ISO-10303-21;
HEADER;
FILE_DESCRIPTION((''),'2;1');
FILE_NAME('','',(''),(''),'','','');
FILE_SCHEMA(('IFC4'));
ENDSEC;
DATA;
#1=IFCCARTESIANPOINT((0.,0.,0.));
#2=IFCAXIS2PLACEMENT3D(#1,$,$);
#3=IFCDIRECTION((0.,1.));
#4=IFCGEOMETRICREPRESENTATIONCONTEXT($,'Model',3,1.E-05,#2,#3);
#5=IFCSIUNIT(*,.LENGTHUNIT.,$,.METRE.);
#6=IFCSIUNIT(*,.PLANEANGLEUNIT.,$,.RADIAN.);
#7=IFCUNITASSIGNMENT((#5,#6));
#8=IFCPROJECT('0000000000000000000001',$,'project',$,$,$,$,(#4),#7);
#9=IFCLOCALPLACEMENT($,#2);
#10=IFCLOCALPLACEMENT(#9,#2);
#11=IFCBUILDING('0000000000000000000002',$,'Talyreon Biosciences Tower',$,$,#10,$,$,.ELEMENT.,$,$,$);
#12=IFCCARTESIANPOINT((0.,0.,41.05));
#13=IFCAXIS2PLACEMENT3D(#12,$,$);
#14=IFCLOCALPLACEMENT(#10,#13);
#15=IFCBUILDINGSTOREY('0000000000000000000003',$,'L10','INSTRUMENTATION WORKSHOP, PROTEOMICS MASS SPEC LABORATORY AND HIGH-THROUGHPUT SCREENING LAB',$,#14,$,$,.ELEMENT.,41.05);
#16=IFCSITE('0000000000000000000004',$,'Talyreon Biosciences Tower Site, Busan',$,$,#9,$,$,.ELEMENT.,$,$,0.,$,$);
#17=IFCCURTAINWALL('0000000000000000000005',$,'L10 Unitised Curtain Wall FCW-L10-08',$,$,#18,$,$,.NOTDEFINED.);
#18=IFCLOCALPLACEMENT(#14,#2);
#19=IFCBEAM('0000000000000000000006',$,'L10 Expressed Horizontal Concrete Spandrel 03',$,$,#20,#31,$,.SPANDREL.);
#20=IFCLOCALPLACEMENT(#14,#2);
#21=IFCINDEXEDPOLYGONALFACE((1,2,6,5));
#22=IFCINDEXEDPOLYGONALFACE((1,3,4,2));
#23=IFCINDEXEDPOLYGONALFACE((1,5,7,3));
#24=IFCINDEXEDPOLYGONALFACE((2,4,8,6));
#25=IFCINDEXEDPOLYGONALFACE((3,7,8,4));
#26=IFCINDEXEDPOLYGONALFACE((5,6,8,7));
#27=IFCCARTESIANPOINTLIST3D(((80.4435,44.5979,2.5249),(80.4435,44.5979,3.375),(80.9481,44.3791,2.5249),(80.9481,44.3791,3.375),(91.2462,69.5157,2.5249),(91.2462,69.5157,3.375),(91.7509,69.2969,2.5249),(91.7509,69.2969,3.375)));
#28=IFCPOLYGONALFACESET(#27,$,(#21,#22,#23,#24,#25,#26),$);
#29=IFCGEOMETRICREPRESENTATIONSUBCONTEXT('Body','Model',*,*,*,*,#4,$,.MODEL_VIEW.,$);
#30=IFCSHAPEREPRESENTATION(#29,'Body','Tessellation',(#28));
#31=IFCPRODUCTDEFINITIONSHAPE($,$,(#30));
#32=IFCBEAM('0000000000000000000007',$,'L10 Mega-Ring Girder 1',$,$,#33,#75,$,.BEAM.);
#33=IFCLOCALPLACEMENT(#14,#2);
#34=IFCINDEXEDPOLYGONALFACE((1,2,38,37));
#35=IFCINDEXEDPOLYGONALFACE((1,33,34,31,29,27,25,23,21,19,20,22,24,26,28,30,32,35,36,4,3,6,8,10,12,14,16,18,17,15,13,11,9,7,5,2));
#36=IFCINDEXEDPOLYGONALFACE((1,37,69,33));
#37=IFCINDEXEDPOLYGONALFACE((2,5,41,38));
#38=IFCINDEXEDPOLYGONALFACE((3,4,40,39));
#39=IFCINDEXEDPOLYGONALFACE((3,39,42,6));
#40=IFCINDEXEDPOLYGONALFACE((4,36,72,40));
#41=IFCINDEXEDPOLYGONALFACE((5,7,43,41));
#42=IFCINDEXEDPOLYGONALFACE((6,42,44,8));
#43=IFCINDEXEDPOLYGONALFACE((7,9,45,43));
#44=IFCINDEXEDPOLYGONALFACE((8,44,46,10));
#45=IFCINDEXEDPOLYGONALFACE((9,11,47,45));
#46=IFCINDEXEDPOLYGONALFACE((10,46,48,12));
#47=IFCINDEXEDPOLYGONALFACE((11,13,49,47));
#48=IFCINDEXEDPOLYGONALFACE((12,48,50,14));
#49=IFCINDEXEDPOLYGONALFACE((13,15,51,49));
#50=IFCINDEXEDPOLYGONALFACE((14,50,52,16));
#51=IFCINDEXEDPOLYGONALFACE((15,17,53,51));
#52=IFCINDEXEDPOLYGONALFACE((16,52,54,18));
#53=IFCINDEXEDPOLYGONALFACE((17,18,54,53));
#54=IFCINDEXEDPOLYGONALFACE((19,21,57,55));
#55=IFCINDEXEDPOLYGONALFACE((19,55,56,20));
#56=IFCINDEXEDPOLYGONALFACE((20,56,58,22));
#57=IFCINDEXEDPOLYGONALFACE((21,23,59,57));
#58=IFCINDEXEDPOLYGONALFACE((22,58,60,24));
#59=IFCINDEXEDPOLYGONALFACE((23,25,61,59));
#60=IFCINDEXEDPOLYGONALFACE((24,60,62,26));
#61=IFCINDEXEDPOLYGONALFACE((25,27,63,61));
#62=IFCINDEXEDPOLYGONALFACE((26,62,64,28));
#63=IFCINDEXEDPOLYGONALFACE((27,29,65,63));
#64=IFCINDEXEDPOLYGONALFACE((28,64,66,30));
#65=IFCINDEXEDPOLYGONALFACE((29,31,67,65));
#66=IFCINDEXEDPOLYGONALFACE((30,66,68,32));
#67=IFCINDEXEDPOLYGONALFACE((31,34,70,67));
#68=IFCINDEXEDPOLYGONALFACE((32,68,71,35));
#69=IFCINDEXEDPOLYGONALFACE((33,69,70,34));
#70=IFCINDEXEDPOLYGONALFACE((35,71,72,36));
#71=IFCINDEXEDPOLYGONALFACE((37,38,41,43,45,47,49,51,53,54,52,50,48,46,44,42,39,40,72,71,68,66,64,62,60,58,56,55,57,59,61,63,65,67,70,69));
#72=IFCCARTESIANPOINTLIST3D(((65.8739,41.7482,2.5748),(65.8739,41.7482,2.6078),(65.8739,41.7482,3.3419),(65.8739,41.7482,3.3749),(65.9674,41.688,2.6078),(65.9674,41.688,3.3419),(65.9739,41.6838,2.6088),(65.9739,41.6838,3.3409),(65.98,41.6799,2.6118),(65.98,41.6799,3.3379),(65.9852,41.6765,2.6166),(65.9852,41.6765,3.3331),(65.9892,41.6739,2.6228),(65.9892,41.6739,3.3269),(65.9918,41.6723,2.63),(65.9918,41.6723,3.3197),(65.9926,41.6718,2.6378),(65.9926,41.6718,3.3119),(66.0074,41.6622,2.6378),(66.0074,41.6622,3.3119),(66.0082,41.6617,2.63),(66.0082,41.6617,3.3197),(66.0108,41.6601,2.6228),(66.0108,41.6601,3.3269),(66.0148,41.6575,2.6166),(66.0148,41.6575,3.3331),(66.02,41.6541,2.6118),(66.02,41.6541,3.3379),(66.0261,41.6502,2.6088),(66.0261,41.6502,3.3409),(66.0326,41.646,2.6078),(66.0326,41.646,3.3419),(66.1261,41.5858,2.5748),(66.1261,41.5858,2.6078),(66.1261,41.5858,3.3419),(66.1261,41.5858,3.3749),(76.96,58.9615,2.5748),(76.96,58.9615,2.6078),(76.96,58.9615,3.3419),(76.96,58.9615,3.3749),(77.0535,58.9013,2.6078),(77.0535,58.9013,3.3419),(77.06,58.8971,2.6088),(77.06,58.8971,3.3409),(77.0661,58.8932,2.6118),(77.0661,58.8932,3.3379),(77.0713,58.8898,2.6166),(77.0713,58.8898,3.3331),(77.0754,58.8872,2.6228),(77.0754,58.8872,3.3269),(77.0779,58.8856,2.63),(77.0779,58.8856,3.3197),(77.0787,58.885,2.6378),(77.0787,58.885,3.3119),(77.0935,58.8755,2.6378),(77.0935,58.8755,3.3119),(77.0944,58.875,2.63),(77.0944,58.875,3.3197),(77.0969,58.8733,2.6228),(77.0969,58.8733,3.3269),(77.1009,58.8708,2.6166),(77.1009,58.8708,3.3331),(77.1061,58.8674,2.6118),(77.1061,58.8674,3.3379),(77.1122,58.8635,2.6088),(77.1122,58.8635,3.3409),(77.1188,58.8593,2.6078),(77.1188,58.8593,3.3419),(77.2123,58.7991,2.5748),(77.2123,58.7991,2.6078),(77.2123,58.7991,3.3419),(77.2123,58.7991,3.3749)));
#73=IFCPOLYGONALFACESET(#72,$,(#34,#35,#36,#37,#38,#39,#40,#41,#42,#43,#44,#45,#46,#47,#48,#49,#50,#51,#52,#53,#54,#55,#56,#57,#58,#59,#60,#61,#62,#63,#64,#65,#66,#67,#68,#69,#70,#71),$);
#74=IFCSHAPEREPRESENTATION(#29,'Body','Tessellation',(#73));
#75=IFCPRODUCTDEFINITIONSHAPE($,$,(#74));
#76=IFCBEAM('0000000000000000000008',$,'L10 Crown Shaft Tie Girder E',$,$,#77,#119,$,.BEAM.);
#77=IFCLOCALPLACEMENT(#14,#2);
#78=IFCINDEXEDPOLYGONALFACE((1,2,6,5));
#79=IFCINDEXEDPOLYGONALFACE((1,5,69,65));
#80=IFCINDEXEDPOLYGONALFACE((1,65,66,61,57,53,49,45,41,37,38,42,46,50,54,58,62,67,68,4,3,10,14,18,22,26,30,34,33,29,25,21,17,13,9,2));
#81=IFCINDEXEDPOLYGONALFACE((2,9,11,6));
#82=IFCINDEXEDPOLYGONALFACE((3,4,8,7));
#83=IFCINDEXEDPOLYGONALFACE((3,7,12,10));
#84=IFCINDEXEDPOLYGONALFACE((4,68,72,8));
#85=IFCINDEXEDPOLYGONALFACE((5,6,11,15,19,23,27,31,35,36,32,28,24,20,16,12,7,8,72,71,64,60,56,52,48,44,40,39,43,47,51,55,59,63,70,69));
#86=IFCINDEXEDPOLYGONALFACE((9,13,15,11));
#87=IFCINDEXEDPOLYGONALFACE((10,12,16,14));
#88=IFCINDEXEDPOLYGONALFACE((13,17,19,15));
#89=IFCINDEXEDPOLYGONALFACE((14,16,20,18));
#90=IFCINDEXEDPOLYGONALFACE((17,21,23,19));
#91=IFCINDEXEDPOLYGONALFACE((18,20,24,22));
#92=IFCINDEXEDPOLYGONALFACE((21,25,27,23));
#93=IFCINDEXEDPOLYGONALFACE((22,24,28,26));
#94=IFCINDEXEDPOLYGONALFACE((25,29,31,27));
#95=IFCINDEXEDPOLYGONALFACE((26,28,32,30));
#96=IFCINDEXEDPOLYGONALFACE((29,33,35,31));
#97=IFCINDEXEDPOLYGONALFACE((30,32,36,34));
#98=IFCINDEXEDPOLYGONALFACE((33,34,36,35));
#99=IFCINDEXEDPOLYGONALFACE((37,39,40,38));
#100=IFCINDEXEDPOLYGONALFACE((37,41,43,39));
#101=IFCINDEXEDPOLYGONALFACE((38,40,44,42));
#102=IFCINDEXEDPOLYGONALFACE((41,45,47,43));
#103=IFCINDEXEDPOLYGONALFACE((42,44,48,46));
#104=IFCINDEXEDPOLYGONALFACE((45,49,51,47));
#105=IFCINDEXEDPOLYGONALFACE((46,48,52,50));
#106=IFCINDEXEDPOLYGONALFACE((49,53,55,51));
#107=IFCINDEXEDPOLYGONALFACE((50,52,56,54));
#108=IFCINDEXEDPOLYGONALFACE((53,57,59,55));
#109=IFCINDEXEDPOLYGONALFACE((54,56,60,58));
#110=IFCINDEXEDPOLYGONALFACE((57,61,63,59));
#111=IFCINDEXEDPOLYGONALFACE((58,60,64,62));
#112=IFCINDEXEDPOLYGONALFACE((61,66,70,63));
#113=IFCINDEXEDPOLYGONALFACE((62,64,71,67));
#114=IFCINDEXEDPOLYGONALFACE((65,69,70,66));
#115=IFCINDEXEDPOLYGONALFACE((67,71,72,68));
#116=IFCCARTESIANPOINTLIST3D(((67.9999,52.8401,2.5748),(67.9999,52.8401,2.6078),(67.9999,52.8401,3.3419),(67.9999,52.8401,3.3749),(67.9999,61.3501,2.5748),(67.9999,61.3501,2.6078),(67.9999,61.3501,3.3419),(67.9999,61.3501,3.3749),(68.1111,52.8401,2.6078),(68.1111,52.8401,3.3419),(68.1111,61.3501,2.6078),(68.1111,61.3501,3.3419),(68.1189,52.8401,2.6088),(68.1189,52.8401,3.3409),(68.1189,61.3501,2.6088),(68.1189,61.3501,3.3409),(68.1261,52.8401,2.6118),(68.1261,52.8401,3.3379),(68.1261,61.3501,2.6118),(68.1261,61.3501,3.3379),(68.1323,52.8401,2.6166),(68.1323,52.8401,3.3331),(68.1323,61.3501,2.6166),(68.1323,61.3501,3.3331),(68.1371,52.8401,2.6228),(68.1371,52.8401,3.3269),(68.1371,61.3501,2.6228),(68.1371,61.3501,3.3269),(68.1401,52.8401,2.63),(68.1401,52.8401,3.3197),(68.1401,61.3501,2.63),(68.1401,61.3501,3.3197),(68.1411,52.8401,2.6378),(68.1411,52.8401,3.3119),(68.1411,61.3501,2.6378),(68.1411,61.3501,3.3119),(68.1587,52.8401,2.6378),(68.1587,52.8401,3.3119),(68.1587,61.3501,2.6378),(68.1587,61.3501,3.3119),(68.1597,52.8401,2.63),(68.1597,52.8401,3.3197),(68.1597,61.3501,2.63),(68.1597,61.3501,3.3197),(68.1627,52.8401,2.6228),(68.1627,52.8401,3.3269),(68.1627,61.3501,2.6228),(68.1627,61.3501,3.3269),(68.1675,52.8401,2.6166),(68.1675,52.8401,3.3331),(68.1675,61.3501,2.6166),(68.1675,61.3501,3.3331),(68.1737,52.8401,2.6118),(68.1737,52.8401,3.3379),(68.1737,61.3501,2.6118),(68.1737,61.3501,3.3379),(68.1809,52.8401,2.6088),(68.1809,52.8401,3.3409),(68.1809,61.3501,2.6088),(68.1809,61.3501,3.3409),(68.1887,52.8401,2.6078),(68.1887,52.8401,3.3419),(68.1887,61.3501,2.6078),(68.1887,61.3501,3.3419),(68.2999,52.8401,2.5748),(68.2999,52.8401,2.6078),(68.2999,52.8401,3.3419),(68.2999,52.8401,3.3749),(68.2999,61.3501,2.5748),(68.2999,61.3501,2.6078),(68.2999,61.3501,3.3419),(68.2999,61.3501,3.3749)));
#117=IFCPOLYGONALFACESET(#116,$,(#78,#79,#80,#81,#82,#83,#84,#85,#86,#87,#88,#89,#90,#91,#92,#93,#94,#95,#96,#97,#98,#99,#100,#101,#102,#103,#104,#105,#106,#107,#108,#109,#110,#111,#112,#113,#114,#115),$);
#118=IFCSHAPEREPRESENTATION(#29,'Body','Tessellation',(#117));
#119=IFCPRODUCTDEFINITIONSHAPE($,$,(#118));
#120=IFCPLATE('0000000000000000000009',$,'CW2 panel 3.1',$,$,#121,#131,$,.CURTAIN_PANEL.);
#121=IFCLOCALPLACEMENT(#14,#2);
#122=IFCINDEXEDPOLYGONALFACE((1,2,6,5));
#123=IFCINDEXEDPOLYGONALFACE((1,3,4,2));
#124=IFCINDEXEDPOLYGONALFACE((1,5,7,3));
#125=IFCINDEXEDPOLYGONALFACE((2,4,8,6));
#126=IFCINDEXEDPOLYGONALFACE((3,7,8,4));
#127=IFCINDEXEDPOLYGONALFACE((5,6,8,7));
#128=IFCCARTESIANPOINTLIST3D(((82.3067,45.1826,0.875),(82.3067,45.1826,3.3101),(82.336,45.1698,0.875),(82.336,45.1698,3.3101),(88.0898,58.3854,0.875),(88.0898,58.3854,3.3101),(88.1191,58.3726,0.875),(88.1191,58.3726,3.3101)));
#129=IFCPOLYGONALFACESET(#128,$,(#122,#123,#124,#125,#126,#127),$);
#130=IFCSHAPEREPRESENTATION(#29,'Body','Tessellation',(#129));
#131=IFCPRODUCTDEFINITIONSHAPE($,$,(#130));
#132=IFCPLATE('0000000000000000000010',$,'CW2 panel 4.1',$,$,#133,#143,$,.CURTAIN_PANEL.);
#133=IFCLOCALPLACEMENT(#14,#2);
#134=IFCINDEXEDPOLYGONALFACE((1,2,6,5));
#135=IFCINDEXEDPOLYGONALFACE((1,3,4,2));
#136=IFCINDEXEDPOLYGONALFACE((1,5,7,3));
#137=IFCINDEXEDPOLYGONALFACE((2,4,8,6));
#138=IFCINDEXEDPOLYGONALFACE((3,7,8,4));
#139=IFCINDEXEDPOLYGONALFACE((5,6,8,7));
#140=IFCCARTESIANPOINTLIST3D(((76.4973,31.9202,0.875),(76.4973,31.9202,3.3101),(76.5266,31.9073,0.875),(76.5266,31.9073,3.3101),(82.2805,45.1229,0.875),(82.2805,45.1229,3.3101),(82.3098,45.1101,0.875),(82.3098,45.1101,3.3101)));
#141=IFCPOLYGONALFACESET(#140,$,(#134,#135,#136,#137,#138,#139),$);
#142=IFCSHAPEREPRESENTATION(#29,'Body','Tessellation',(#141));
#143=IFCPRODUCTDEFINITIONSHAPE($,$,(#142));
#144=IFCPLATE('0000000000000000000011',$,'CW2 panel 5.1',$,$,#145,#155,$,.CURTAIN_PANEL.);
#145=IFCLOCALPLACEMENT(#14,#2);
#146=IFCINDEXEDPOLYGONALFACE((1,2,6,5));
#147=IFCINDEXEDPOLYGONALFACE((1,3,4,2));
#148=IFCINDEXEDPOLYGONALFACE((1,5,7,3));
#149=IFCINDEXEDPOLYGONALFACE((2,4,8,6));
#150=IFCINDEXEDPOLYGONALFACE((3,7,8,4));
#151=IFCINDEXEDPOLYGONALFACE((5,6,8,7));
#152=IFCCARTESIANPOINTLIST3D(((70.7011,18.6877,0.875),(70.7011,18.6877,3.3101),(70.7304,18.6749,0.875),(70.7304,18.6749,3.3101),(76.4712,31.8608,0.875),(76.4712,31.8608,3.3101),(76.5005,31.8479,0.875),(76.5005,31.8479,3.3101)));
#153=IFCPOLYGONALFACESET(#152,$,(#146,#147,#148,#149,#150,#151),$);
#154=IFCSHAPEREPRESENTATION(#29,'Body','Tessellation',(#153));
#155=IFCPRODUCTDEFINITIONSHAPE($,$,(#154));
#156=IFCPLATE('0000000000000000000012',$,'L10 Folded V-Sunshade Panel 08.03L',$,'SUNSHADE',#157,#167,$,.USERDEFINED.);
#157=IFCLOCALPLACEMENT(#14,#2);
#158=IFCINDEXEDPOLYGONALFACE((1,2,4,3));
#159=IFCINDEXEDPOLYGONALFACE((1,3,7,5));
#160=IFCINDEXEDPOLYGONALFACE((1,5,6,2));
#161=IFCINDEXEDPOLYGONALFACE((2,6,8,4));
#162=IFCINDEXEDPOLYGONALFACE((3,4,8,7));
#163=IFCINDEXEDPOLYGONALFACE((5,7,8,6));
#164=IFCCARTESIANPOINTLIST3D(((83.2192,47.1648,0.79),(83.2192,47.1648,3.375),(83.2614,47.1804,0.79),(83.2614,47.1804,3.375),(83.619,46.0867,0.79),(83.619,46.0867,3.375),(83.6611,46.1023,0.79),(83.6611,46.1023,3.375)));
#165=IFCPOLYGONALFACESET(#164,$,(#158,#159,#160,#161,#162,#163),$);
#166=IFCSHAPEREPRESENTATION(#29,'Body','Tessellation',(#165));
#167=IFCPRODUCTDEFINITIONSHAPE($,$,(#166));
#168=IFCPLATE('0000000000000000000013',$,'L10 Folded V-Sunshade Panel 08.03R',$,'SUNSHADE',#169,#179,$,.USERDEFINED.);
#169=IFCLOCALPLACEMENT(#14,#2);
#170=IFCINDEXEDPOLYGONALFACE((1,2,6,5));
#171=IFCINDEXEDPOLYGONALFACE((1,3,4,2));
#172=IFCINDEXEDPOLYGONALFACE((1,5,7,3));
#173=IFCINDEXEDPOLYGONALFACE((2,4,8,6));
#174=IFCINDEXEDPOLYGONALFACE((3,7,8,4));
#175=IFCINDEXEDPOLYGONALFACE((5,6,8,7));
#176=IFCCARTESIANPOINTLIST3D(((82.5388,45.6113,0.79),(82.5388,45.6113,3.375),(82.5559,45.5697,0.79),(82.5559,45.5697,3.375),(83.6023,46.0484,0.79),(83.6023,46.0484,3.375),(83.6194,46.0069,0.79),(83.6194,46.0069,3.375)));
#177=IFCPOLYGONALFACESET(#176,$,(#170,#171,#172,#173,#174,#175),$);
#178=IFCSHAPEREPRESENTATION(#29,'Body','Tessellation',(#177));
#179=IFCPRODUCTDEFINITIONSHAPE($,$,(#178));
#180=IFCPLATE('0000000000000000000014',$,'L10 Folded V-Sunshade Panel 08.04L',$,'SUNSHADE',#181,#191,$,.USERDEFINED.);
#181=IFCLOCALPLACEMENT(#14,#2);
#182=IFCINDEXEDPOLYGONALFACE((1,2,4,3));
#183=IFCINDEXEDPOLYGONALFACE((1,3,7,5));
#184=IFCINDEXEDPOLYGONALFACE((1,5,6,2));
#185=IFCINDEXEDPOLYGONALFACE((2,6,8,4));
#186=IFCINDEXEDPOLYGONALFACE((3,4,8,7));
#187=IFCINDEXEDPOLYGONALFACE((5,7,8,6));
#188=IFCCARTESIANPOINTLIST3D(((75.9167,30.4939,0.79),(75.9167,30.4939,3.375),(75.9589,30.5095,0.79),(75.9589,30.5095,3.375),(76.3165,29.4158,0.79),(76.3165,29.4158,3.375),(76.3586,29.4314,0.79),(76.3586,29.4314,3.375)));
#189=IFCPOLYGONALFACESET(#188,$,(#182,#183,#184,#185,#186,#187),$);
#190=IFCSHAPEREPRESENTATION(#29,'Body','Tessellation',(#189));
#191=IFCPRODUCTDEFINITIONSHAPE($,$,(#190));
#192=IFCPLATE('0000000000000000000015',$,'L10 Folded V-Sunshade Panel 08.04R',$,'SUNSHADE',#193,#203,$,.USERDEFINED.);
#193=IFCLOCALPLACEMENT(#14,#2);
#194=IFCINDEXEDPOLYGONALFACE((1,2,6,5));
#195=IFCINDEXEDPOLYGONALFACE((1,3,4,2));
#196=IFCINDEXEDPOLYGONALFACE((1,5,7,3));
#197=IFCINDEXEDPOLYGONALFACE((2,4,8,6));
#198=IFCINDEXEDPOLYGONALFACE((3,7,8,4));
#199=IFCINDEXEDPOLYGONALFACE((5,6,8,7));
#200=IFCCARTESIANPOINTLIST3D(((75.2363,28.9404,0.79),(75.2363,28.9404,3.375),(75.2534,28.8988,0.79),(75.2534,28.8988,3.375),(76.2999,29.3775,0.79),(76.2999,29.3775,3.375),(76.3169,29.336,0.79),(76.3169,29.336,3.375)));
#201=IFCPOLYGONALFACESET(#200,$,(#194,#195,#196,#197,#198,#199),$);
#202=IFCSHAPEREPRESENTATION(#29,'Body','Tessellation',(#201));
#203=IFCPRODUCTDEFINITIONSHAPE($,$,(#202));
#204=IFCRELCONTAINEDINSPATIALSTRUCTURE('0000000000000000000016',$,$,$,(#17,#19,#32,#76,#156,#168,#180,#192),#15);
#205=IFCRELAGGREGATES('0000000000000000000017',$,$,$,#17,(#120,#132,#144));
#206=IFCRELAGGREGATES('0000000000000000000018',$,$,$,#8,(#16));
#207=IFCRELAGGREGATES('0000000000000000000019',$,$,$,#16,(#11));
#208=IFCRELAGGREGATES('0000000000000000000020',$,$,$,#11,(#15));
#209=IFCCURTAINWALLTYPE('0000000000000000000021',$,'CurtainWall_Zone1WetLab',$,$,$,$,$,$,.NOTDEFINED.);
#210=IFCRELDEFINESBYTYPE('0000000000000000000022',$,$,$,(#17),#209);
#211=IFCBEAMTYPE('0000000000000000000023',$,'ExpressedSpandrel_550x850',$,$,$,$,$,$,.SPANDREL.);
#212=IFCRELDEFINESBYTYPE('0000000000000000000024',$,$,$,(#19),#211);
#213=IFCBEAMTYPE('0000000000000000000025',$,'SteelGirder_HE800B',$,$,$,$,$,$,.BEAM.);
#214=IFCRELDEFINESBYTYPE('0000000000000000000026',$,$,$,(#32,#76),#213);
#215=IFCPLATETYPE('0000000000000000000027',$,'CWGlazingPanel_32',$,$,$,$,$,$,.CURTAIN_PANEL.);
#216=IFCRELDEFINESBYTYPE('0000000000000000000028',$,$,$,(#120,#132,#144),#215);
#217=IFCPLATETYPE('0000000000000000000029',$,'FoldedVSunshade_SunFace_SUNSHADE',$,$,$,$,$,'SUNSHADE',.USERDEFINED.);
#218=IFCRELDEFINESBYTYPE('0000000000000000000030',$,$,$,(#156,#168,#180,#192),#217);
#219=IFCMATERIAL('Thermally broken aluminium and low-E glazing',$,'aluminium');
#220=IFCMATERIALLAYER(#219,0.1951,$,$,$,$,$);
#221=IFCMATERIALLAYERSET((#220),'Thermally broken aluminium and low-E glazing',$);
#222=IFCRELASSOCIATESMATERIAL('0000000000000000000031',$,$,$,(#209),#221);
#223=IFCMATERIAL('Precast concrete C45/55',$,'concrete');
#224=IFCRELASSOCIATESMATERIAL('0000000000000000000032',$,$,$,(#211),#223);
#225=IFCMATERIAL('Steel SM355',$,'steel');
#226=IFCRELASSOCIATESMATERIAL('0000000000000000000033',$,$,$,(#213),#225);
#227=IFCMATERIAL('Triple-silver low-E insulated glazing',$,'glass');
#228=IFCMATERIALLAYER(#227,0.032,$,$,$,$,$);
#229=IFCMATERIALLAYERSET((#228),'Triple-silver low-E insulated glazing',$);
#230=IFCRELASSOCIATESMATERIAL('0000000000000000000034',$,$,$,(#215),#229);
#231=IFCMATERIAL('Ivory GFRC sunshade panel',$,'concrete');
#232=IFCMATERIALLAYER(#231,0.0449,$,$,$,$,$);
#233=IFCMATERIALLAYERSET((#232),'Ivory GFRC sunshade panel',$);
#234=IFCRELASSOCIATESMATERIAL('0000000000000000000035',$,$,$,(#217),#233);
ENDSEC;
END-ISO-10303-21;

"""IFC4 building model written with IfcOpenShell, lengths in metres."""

from ifc_helpers import new_model, si_unit, direction, frame, origin, origin_2d, place, context, subcontext, project, spatial, rectangle, i_section, extrude, material, layer, layer_set, material_profile, profile_set, type_object, element, aggregate, save


model = new_model("IFC4")

# Units and contexts
model_context = context("Model", 3, precision=1e-05, world=origin(), true_north=direction((0.0, 1.0)))
body_context = subcontext(model_context, "Body", "Model", "MODEL_VIEW")
ifc_project = project(units=[si_unit("LENGTHUNIT", "METRE"), si_unit("PLANEANGLEUNIT", "RADIAN")], contexts=[model_context])

# Site, building, storey
site_placement = place(None, origin())
site = spatial("IfcSite", under=ifc_project, at=site_placement, Name="Talyreon Biosciences Tower Site, Busan", CompositionType="ELEMENT", RefElevation=0.0)
building_placement = place(site_placement, origin())
building = spatial("IfcBuilding", under=site, at=building_placement, Name="Talyreon Biosciences Tower", CompositionType="ELEMENT")
storey_placement = place(building_placement, frame((0.0, 0.0, 41.05)))
storey = spatial("IfcBuildingStorey", under=building, at=storey_placement, Name="L10", Description="INSTRUMENTATION WORKSHOP, PROTEOMICS MASS SPEC LABORATORY AND HIGH-THROUGHPUT SCREENING LAB", CompositionType="ELEMENT", Elevation=41.05)

# Shared definitions
ifc_material_1 = material(Name="Precast concrete C45/55", Category="concrete")

# Curtain wall
ifc_material_2 = material(Name="Thermally broken aluminium and low-E glazing", Category="aluminium")
ifc_layer_1 = layer(ifc_material_2, 0.1951)
ifc_layer_set_1 = layer_set([ifc_layer_1], Name="Thermally broken aluminium and low-E glazing")
curtain_wall_type = type_object("IfcCurtainWallType", Name="CurtainWall_Zone1WetLab", PredefinedType="NOTDEFINED", material=ifc_layer_set_1)
curtain_wall_placement = place(storey_placement, origin())
curtain_wall = element("IfcCurtainWall", 1, at=curtain_wall_placement, inside=storey, type_object=curtain_wall_type, Name="L10 Unitised Curtain Wall FCW-L10-08", PredefinedType="NOTDEFINED")

# Beams
ifc_material_profile_1 = material_profile(ifc_material_1, rectangle(XDim=0.55, YDim=0.8501, at=origin_2d()), Name="RCB 550x850")
ifc_profile_set_1 = profile_set([ifc_material_profile_1], Name="Precast concrete C45/55")
beam_type_1 = type_object("IfcBeamType", Name="ExpressedSpandrel_550x850", PredefinedType="SPANDREL", material=ifc_profile_set_1)
beam_1_placement = place(storey_placement, frame((80.6958, 44.4885, 2.95), z_axis=(0.397764, 0.917488, 0.0), x_axis=(-0.917488, 0.397764, 0.0)))
element("IfcBeam", 2, at=beam_1_placement, inside=storey, type_object=beam_type_1, Name="L10 Expressed Horizontal Concrete Spandrel 03", PredefinedType="SPANDREL", context=body_context, shape_type="SweptSolid", body=[
    extrude(rectangle(XDim=0.55, YDim=0.8501, at=origin_2d()), origin(), (0.0, 0.0, 1.0), 27.1587),
])
ifc_material_3 = material(Name="Steel SM355", Category="steel")
ifc_material_profile_2 = material_profile(ifc_material_3, i_section(OverallWidth=0.3, OverallDepth=0.8, WebThickness=0.0176, FlangeThickness=0.033, FilletRadius=0.03, at=origin_2d()), Name="HE800B")
ifc_profile_set_2 = profile_set([ifc_material_profile_2], Name="Steel SM355")
beam_type_2 = type_object("IfcBeamType", Name="SteelGirder_HE800B", PredefinedType="BEAM", material=ifc_profile_set_2)
beam_2_placement = place(storey_placement, frame((66.0, 41.667, 2.9749), z_axis=(0.541464, 0.840724, 0.0), x_axis=(-0.840724, 0.541464, 0.0)))
element("IfcBeam", 3, at=beam_2_placement, inside=storey, type_object=beam_type_2, Name="L10 Mega-Ring Girder 1", PredefinedType="BEAM", context=body_context, shape_type="SweptSolid", body=[
    extrude(i_section(OverallWidth=0.3, OverallDepth=0.8, WebThickness=0.0176, FlangeThickness=0.033, FilletRadius=0.03, at=origin_2d()), origin(), (0.0, 0.0, 1.0), 20.4744),
])
beam_3_placement = place(storey_placement, frame((68.1499, 52.8401, 2.9749), z_axis=(0.0, 1.0, 0.0), x_axis=(-1.0, 0.0, 0.0)))
element("IfcBeam", 4, at=beam_3_placement, inside=storey, type_object=beam_type_2, Name="L10 Crown Shaft Tie Girder E", PredefinedType="BEAM", context=body_context, shape_type="SweptSolid", body=[
    extrude(i_section(OverallWidth=0.3, OverallDepth=0.8, WebThickness=0.0176, FlangeThickness=0.033, FilletRadius=0.03, at=origin_2d()), origin(), (0.0, 0.0, 1.0), 8.51),
])

# Plates
ifc_material_4 = material(Name="Triple-silver low-E insulated glazing", Category="glass")
ifc_layer_2 = layer(ifc_material_4, 0.032)
ifc_layer_set_2 = layer_set([ifc_layer_2], Name="Triple-silver low-E insulated glazing")
plate_type_1 = type_object("IfcPlateType", Name="CWGlazingPanel_32", PredefinedType="CURTAIN_PANEL", material=ifc_layer_set_2)
plate_1_placement = place(storey_placement, frame((85.2129, 51.7776, 0.875), z_axis=(0.0, 0.0, 1.0), x_axis=(-0.401223, -0.91598, 0.0)))
plate_1 = element("IfcPlate", 5, at=plate_1_placement, type_object=plate_type_1, Name="CW2 panel 3.1", PredefinedType="CURTAIN_PANEL", context=body_context, shape_type="SweptSolid", body=[
    extrude(rectangle(XDim=14.4138, YDim=0.032, at=origin_2d()), origin(), (0.0, 0.0, 1.0), 2.4351),
])
plate_2_placement = place(storey_placement, frame((79.4036, 38.5151, 0.875), z_axis=(0.0, 0.0, 1.0), x_axis=(-0.401223, -0.91598, 0.0)))
plate_2 = element("IfcPlate", 6, at=plate_2_placement, type_object=plate_type_1, Name="CW2 panel 4.1", PredefinedType="CURTAIN_PANEL", context=body_context, shape_type="SweptSolid", body=[
    extrude(rectangle(XDim=14.4138, YDim=0.032, at=origin_2d()), origin(), (0.0, 0.0, 1.0), 2.4351),
])
plate_3_placement = place(storey_placement, frame((73.6008, 25.2678, 0.875), z_axis=(0.0, 0.0, 1.0), x_axis=(-0.401223, -0.91598, 0.0)))
plate_3 = element("IfcPlate", 7, at=plate_3_placement, type_object=plate_type_1, Name="CW2 panel 5.1", PredefinedType="CURTAIN_PANEL", context=body_context, shape_type="SweptSolid", body=[
    extrude(rectangle(XDim=14.3813, YDim=0.032, at=origin_2d()), origin(), (0.0, 0.0, 1.0), 2.4351),
])
aggregate(curtain_wall, [plate_1, plate_2, plate_3])

# Plates
ifc_material_5 = material(Name="Ivory GFRC sunshade panel", Category="concrete")
ifc_layer_3 = layer(ifc_material_5, 0.0449)
ifc_layer_set_3 = layer_set([ifc_layer_3], Name="Ivory GFRC sunshade panel")
plate_type_2 = type_object("IfcPlateType", Name="FoldedVSunshade_SunFace_SUNSHADE", ElementType="SUNSHADE", PredefinedType="USERDEFINED", material=ifc_layer_set_3)
for number, where, z_axis, x_axis, name in (
    (8, (83.4402, 46.6335, 0.79), (0.0, 0.0, 1.0), (0.347672, -0.937616, 0.0), "L10 Folded V-Sunshade Panel 08.03L"),
    (9, (83.0791, 45.8091, 0.79), (0.0, 0.0, 1.0), (-0.924911, -0.380183, 0.0), "L10 Folded V-Sunshade Panel 08.03R"),
    (10, (76.1377, 29.9626, 0.79), (0.0, 0.0, 1.0), (0.347672, -0.937616, 0.0), "L10 Folded V-Sunshade Panel 08.04L"),
    (11, (75.7766, 29.1382, 0.79), (0.0, 0.0, 1.0), (-0.924911, -0.380183, 0.0), "L10 Folded V-Sunshade Panel 08.04R"),
):
    element("IfcPlate", number, at=place(storey_placement, frame(where, z_axis=z_axis, x_axis=x_axis)), inside=storey, type_object=plate_type_2, Name=name, ObjectType="SUNSHADE", PredefinedType="USERDEFINED", context=body_context, shape_type="SweptSolid", body=[
        extrude(rectangle(XDim=1.1499, YDim=0.0449, at=origin_2d()), origin(), (0.0, 0.0, 1.0), 2.585),
    ])

save(model, "model.ifc")
